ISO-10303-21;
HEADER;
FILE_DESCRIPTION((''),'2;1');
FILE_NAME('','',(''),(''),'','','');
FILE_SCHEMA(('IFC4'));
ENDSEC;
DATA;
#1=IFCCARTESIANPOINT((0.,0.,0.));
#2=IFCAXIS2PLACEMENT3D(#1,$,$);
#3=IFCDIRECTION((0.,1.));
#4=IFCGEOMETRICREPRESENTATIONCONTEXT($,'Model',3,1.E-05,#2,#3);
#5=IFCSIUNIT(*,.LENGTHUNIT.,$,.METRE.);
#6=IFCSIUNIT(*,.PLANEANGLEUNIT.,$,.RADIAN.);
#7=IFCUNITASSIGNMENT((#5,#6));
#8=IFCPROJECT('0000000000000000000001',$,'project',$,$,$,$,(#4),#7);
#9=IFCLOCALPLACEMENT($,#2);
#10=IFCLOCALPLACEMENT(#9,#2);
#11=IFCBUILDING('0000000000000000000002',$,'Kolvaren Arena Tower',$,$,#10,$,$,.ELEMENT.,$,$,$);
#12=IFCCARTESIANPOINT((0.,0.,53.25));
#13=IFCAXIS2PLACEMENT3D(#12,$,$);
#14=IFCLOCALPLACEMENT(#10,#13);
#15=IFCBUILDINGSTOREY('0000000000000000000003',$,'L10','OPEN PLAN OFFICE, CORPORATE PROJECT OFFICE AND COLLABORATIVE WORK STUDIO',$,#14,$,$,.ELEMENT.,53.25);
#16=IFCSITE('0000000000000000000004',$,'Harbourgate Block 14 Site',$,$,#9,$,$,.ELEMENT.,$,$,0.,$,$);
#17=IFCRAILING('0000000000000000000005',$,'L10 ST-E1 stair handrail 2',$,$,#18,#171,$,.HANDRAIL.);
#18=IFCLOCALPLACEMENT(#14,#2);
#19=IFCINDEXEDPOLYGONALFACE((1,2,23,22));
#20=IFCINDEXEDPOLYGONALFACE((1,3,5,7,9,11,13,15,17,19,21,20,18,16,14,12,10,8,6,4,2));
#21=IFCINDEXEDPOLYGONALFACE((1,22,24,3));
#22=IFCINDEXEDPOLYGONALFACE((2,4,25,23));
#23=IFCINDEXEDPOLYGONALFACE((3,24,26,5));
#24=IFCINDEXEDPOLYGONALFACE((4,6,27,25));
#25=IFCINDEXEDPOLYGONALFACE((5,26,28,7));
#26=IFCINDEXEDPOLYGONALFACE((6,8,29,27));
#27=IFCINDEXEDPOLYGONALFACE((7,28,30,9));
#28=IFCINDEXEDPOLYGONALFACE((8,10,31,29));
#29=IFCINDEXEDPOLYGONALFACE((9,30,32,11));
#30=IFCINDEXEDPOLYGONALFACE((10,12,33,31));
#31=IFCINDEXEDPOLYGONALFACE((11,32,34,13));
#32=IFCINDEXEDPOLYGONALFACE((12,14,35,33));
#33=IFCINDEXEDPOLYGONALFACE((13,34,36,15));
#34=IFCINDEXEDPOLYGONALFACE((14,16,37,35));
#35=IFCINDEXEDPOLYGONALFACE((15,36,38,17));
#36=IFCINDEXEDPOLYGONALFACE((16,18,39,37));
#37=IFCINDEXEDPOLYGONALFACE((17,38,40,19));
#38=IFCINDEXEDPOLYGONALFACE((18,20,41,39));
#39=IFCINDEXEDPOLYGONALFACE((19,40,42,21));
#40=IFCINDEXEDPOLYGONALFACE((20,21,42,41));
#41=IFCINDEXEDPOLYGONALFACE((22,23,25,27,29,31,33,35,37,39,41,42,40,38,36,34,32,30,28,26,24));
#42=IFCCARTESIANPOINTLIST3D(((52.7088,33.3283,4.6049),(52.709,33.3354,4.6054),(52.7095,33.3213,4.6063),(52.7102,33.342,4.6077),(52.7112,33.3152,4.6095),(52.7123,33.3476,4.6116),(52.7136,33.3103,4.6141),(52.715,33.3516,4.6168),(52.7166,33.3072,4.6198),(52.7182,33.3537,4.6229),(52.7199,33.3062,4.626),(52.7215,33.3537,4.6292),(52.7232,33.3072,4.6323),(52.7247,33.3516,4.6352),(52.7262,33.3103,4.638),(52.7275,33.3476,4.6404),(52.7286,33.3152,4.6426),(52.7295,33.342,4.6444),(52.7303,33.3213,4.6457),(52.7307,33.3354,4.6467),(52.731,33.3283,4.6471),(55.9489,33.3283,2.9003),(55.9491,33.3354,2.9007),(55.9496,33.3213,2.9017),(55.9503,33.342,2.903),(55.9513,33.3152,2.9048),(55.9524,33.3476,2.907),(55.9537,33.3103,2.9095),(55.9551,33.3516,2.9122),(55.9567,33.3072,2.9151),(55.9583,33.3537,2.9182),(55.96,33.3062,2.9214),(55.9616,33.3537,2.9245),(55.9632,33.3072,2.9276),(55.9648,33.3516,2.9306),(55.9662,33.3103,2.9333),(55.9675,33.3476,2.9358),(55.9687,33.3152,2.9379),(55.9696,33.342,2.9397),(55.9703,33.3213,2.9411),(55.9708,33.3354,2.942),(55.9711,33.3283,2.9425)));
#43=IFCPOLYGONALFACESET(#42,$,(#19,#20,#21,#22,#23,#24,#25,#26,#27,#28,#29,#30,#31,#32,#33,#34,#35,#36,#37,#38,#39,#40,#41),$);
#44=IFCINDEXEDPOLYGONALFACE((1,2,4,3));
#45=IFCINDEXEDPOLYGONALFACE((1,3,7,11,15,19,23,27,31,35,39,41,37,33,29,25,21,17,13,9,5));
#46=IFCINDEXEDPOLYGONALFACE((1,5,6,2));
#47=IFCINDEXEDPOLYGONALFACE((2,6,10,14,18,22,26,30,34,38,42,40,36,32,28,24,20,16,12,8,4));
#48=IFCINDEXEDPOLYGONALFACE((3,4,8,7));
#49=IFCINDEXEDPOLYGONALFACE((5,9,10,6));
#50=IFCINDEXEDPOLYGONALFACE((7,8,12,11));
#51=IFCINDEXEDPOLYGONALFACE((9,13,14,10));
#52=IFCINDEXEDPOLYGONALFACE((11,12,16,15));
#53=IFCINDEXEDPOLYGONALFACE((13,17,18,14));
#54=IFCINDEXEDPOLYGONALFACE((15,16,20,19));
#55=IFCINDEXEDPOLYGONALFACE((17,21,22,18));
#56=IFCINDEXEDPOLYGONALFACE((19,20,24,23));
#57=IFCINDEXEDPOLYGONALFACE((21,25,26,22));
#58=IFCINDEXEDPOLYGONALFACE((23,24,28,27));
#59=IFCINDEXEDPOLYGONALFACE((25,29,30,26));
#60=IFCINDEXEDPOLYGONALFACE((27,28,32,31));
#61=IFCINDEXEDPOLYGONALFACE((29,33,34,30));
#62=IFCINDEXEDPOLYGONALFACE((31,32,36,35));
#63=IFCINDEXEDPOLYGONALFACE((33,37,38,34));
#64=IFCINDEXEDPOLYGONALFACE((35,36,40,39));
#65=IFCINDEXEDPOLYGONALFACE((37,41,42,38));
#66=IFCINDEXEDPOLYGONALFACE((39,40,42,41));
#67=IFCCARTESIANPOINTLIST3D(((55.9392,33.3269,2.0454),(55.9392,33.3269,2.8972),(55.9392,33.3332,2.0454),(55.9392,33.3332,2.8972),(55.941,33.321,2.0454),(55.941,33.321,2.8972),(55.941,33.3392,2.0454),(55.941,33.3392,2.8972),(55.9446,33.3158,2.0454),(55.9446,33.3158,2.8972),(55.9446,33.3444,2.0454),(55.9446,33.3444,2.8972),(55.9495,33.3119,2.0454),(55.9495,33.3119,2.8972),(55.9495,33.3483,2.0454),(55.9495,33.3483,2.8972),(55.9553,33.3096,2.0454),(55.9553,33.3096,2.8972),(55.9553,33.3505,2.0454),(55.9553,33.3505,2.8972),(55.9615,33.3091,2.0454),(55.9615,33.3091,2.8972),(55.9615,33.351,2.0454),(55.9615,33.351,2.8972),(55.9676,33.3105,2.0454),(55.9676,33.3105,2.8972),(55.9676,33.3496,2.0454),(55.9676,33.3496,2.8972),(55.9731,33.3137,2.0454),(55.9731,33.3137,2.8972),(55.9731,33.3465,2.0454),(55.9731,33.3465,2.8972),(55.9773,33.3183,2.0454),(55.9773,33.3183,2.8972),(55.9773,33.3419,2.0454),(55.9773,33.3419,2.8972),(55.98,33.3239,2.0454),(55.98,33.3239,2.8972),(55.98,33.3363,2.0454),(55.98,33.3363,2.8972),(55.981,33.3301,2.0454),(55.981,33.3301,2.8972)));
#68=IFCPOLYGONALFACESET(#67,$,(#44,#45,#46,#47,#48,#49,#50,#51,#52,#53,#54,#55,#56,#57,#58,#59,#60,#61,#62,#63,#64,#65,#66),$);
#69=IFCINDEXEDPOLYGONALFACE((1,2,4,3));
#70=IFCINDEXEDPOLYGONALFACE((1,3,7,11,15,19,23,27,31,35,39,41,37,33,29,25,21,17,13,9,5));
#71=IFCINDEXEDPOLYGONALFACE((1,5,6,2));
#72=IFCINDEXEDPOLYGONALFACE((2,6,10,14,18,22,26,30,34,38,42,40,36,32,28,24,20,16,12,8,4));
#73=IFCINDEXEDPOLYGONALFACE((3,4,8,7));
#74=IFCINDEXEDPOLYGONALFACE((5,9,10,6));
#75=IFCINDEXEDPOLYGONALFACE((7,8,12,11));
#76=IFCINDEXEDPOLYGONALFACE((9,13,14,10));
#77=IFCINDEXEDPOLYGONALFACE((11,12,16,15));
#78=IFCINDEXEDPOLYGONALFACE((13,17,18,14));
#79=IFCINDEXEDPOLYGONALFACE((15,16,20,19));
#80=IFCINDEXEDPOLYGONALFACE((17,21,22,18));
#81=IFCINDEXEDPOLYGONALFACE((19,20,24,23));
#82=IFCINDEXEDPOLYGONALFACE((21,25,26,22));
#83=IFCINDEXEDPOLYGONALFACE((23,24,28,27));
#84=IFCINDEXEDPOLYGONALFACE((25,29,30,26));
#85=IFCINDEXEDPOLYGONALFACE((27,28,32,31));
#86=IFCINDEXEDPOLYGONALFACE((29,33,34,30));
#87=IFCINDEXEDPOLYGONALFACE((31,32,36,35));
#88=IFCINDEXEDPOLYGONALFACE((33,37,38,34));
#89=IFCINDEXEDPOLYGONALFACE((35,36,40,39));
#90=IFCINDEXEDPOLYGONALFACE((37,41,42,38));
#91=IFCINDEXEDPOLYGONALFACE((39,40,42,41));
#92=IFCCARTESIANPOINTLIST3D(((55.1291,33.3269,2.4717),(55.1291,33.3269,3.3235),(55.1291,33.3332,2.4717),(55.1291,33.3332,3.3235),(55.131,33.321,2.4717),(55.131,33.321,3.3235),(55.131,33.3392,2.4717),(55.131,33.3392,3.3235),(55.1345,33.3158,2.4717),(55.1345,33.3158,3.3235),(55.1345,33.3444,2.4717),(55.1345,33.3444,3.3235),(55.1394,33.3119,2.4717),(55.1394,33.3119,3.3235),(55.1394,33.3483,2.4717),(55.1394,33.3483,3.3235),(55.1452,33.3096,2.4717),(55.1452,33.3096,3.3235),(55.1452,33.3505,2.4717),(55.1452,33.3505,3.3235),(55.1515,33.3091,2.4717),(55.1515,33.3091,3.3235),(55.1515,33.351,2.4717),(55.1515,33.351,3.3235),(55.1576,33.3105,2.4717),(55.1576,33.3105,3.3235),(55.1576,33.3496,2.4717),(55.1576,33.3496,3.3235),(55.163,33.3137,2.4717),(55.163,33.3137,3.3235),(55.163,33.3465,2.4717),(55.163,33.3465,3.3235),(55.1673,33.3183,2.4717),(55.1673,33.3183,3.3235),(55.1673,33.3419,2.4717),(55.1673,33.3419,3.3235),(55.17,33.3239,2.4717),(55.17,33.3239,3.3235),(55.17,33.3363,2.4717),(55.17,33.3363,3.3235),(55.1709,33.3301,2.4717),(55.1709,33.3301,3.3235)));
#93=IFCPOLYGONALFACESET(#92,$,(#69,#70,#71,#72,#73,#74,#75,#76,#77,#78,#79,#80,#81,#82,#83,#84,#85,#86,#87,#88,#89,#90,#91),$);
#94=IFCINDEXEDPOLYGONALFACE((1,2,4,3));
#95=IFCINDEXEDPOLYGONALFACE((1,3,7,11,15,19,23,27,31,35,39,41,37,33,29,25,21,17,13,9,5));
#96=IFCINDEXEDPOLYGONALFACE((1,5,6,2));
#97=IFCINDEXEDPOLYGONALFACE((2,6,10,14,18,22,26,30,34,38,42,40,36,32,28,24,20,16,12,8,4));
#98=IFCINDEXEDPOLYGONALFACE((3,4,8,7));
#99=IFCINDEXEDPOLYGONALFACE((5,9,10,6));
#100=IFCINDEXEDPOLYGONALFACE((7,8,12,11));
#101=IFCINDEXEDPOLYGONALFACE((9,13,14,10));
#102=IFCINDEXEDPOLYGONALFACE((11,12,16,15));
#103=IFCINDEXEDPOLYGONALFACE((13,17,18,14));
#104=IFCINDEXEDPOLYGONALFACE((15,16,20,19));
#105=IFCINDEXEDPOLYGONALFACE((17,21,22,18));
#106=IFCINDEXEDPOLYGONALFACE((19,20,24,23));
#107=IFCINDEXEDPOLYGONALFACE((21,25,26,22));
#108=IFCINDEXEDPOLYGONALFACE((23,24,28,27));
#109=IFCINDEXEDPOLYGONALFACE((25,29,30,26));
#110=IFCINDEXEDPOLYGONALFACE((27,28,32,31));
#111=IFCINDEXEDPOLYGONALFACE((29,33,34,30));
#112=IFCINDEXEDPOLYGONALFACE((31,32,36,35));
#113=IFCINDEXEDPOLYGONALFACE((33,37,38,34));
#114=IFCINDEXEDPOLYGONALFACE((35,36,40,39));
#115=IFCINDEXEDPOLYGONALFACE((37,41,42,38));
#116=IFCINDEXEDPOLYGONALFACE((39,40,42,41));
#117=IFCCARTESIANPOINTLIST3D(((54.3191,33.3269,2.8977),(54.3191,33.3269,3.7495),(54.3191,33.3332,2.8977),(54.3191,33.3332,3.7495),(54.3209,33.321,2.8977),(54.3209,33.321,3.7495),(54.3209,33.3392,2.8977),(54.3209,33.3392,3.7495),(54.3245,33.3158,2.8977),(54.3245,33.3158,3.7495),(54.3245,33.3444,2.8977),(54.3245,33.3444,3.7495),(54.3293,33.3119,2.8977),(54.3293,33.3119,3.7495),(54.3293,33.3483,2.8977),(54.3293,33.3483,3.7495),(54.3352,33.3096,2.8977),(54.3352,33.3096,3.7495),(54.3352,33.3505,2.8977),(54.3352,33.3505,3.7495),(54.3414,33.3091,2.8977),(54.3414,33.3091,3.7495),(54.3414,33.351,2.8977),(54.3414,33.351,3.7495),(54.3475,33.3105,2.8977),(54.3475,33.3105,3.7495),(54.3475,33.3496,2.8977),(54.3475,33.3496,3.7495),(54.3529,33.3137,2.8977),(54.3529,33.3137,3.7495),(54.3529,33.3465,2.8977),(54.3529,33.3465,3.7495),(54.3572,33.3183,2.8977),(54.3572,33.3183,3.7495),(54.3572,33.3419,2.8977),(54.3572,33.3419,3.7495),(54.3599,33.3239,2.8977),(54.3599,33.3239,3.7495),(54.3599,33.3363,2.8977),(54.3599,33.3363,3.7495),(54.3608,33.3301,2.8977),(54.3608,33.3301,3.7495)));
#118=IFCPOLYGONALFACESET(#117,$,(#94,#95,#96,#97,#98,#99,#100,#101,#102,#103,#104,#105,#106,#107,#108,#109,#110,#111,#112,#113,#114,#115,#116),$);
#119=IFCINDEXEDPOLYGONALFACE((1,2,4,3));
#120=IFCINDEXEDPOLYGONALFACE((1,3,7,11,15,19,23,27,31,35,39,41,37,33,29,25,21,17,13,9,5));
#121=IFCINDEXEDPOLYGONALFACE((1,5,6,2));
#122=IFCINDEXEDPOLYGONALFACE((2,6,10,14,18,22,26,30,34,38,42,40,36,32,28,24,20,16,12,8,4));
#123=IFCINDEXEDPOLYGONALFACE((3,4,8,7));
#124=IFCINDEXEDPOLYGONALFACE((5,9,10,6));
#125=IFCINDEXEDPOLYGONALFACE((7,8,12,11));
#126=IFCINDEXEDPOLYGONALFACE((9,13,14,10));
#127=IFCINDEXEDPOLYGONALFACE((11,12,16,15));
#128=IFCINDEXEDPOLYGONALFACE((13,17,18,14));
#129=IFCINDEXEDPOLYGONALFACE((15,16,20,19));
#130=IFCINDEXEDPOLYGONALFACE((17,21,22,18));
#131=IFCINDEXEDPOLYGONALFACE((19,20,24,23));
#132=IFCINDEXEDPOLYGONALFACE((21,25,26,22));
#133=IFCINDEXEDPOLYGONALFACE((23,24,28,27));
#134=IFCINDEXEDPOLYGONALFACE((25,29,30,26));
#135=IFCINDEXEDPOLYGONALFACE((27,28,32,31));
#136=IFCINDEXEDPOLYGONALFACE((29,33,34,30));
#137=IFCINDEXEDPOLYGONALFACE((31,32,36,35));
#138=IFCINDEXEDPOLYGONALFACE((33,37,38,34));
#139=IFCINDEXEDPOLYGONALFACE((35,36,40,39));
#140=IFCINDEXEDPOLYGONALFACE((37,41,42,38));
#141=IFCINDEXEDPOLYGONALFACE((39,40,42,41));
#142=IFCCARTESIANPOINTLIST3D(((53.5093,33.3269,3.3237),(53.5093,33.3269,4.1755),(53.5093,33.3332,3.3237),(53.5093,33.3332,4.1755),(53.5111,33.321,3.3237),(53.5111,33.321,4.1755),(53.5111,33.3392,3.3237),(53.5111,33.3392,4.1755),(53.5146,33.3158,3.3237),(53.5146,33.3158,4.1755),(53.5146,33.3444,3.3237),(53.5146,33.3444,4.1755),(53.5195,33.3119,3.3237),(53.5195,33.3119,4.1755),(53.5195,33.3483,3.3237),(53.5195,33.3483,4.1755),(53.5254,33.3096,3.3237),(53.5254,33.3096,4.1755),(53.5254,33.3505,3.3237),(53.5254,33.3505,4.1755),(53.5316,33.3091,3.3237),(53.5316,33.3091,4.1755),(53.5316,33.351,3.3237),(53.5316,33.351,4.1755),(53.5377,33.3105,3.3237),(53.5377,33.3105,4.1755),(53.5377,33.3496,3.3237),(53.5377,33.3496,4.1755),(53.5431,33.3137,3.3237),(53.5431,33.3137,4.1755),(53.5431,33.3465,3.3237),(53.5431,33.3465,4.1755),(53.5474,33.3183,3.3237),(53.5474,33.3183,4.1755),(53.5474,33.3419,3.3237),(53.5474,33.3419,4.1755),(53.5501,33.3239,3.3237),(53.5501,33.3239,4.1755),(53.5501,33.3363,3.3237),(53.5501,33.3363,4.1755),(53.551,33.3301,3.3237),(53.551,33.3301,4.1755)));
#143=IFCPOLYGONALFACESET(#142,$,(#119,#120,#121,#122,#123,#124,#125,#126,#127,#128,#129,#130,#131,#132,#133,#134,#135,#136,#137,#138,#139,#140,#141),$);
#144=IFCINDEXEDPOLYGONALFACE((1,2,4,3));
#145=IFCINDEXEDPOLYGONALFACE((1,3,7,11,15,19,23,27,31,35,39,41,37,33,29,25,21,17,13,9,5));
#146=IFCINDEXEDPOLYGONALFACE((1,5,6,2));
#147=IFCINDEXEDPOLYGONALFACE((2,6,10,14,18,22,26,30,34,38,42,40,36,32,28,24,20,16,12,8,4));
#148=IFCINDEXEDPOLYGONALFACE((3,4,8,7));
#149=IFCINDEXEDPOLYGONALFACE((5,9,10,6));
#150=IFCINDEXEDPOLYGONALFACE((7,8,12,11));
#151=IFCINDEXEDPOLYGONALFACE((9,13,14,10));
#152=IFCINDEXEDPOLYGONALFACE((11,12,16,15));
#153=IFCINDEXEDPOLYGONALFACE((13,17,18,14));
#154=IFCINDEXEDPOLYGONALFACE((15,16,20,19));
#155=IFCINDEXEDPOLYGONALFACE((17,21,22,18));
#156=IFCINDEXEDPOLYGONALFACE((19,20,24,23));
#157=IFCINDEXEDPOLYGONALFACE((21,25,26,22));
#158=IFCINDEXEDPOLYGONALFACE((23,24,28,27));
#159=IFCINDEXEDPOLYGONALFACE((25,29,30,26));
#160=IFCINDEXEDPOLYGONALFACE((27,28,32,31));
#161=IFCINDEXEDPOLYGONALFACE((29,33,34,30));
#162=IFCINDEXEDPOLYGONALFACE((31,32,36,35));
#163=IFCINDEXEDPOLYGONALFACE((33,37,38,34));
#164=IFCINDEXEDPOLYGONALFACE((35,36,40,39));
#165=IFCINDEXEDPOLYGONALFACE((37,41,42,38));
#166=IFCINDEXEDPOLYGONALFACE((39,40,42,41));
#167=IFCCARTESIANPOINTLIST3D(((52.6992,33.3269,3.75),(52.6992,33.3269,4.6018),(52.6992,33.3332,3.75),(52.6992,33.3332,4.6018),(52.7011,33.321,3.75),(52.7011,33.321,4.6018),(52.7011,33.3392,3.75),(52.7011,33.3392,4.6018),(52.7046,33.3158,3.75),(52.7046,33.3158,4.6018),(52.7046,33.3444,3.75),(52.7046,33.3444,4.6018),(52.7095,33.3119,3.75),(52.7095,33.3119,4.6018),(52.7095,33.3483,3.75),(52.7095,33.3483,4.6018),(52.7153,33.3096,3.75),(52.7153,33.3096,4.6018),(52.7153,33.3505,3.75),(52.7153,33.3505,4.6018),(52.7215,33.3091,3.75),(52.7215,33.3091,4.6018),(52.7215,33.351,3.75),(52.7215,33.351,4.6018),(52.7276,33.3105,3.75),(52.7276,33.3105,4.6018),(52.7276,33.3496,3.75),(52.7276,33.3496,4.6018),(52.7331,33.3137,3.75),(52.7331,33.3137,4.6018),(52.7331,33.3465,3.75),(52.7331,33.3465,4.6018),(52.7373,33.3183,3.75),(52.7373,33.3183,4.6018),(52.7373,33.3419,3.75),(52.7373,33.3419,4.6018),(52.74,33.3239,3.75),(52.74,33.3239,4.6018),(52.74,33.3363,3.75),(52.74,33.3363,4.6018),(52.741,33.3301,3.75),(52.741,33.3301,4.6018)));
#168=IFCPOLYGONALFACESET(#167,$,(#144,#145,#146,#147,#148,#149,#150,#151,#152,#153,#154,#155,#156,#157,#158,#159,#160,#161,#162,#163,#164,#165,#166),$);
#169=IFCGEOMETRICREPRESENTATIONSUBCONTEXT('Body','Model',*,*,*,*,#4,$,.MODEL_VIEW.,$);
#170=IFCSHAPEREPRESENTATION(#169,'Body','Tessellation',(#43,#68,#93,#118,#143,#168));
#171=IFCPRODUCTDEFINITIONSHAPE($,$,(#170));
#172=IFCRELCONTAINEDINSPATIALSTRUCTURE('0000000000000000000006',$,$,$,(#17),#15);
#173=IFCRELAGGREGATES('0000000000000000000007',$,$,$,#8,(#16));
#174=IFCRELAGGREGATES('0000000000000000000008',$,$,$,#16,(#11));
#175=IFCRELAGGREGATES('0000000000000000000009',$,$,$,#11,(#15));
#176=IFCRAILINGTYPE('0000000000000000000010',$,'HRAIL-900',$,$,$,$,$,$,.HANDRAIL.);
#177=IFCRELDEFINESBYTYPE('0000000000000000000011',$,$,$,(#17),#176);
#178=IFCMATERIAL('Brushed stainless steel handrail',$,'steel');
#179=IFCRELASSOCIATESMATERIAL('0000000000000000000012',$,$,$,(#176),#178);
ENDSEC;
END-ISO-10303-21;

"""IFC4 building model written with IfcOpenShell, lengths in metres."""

from ifc_helpers import new_model, si_unit, direction, frame, origin, origin_2d, place, context, subcontext, project, spatial, circle, extrude, material, type_object, element, save


model = new_model("IFC4")

# Units and contexts
model_context = context("Model", 3, precision=1e-05, world=origin(), true_north=direction((0.0, 1.0)))
body_context = subcontext(model_context, "Body", "Model", "MODEL_VIEW")
ifc_project = project(units=[si_unit("LENGTHUNIT", "METRE"), si_unit("PLANEANGLEUNIT", "RADIAN")], contexts=[model_context])

# Site, building, storey
site_placement = place(None, origin())
site = spatial("IfcSite", under=ifc_project, at=site_placement, Name="Harbourgate Block 14 Site", CompositionType="ELEMENT", RefElevation=0.0)
building_placement = place(site_placement, origin())
building = spatial("IfcBuilding", under=site, at=building_placement, Name="Kolvaren Arena Tower", CompositionType="ELEMENT")
storey_placement = place(building_placement, frame((0.0, 0.0, 53.25)))
storey = spatial("IfcBuildingStorey", under=building, at=storey_placement, Name="L10", Description="OPEN PLAN OFFICE, CORPORATE PROJECT OFFICE AND COLLABORATIVE WORK STUDIO", CompositionType="ELEMENT", Elevation=53.25)

# Railing
ifc_material_1 = material(Name="Brushed stainless steel handrail", Category="steel")
railing_type_1 = type_object("IfcRailingType", Name="HRAIL-900", PredefinedType="HANDRAIL", material=ifc_material_1)
railing_1_placement = place(storey_placement, frame((55.96, 33.3301, 2.0454)))
element("IfcRailing", 1, at=railing_1_placement, inside=storey, type_object=railing_type_1, Name="L10 ST-E1 stair handrail 2", PredefinedType="HANDRAIL", context=body_context, shape_type="SweptSolid", body=[
    extrude(circle(Radius=0.0239, at=origin_2d()), frame((0.0, 0.0, 0.876), z_axis=(-0.884993, 0.0, 0.465604), x_axis=(0.0, -1.0, 0.0)), (0.0, 0.0, 1.0), 3.6611),
    extrude(circle(Radius=0.021, at=origin_2d()), origin(), (0.0, 0.0, 1.0), 0.8518),
    extrude(circle(Radius=0.021, at=origin_2d()), frame((-0.8101, 0.0, 0.4263)), (0.0, 0.0, 1.0), 0.8518),
    extrude(circle(Radius=0.021, at=origin_2d()), frame((-1.6201, 0.0, 0.8523)), (0.0, 0.0, 1.0), 0.8518),
    extrude(circle(Radius=0.021, at=origin_2d()), frame((-2.4299, 0.0, 1.2783)), (0.0, 0.0, 1.0), 0.8518),
    extrude(circle(Radius=0.021, at=origin_2d()), frame((-3.24, 0.0, 1.7046)), (0.0, 0.0, 1.0), 0.8518),
])

save(model, "model.ifc")
